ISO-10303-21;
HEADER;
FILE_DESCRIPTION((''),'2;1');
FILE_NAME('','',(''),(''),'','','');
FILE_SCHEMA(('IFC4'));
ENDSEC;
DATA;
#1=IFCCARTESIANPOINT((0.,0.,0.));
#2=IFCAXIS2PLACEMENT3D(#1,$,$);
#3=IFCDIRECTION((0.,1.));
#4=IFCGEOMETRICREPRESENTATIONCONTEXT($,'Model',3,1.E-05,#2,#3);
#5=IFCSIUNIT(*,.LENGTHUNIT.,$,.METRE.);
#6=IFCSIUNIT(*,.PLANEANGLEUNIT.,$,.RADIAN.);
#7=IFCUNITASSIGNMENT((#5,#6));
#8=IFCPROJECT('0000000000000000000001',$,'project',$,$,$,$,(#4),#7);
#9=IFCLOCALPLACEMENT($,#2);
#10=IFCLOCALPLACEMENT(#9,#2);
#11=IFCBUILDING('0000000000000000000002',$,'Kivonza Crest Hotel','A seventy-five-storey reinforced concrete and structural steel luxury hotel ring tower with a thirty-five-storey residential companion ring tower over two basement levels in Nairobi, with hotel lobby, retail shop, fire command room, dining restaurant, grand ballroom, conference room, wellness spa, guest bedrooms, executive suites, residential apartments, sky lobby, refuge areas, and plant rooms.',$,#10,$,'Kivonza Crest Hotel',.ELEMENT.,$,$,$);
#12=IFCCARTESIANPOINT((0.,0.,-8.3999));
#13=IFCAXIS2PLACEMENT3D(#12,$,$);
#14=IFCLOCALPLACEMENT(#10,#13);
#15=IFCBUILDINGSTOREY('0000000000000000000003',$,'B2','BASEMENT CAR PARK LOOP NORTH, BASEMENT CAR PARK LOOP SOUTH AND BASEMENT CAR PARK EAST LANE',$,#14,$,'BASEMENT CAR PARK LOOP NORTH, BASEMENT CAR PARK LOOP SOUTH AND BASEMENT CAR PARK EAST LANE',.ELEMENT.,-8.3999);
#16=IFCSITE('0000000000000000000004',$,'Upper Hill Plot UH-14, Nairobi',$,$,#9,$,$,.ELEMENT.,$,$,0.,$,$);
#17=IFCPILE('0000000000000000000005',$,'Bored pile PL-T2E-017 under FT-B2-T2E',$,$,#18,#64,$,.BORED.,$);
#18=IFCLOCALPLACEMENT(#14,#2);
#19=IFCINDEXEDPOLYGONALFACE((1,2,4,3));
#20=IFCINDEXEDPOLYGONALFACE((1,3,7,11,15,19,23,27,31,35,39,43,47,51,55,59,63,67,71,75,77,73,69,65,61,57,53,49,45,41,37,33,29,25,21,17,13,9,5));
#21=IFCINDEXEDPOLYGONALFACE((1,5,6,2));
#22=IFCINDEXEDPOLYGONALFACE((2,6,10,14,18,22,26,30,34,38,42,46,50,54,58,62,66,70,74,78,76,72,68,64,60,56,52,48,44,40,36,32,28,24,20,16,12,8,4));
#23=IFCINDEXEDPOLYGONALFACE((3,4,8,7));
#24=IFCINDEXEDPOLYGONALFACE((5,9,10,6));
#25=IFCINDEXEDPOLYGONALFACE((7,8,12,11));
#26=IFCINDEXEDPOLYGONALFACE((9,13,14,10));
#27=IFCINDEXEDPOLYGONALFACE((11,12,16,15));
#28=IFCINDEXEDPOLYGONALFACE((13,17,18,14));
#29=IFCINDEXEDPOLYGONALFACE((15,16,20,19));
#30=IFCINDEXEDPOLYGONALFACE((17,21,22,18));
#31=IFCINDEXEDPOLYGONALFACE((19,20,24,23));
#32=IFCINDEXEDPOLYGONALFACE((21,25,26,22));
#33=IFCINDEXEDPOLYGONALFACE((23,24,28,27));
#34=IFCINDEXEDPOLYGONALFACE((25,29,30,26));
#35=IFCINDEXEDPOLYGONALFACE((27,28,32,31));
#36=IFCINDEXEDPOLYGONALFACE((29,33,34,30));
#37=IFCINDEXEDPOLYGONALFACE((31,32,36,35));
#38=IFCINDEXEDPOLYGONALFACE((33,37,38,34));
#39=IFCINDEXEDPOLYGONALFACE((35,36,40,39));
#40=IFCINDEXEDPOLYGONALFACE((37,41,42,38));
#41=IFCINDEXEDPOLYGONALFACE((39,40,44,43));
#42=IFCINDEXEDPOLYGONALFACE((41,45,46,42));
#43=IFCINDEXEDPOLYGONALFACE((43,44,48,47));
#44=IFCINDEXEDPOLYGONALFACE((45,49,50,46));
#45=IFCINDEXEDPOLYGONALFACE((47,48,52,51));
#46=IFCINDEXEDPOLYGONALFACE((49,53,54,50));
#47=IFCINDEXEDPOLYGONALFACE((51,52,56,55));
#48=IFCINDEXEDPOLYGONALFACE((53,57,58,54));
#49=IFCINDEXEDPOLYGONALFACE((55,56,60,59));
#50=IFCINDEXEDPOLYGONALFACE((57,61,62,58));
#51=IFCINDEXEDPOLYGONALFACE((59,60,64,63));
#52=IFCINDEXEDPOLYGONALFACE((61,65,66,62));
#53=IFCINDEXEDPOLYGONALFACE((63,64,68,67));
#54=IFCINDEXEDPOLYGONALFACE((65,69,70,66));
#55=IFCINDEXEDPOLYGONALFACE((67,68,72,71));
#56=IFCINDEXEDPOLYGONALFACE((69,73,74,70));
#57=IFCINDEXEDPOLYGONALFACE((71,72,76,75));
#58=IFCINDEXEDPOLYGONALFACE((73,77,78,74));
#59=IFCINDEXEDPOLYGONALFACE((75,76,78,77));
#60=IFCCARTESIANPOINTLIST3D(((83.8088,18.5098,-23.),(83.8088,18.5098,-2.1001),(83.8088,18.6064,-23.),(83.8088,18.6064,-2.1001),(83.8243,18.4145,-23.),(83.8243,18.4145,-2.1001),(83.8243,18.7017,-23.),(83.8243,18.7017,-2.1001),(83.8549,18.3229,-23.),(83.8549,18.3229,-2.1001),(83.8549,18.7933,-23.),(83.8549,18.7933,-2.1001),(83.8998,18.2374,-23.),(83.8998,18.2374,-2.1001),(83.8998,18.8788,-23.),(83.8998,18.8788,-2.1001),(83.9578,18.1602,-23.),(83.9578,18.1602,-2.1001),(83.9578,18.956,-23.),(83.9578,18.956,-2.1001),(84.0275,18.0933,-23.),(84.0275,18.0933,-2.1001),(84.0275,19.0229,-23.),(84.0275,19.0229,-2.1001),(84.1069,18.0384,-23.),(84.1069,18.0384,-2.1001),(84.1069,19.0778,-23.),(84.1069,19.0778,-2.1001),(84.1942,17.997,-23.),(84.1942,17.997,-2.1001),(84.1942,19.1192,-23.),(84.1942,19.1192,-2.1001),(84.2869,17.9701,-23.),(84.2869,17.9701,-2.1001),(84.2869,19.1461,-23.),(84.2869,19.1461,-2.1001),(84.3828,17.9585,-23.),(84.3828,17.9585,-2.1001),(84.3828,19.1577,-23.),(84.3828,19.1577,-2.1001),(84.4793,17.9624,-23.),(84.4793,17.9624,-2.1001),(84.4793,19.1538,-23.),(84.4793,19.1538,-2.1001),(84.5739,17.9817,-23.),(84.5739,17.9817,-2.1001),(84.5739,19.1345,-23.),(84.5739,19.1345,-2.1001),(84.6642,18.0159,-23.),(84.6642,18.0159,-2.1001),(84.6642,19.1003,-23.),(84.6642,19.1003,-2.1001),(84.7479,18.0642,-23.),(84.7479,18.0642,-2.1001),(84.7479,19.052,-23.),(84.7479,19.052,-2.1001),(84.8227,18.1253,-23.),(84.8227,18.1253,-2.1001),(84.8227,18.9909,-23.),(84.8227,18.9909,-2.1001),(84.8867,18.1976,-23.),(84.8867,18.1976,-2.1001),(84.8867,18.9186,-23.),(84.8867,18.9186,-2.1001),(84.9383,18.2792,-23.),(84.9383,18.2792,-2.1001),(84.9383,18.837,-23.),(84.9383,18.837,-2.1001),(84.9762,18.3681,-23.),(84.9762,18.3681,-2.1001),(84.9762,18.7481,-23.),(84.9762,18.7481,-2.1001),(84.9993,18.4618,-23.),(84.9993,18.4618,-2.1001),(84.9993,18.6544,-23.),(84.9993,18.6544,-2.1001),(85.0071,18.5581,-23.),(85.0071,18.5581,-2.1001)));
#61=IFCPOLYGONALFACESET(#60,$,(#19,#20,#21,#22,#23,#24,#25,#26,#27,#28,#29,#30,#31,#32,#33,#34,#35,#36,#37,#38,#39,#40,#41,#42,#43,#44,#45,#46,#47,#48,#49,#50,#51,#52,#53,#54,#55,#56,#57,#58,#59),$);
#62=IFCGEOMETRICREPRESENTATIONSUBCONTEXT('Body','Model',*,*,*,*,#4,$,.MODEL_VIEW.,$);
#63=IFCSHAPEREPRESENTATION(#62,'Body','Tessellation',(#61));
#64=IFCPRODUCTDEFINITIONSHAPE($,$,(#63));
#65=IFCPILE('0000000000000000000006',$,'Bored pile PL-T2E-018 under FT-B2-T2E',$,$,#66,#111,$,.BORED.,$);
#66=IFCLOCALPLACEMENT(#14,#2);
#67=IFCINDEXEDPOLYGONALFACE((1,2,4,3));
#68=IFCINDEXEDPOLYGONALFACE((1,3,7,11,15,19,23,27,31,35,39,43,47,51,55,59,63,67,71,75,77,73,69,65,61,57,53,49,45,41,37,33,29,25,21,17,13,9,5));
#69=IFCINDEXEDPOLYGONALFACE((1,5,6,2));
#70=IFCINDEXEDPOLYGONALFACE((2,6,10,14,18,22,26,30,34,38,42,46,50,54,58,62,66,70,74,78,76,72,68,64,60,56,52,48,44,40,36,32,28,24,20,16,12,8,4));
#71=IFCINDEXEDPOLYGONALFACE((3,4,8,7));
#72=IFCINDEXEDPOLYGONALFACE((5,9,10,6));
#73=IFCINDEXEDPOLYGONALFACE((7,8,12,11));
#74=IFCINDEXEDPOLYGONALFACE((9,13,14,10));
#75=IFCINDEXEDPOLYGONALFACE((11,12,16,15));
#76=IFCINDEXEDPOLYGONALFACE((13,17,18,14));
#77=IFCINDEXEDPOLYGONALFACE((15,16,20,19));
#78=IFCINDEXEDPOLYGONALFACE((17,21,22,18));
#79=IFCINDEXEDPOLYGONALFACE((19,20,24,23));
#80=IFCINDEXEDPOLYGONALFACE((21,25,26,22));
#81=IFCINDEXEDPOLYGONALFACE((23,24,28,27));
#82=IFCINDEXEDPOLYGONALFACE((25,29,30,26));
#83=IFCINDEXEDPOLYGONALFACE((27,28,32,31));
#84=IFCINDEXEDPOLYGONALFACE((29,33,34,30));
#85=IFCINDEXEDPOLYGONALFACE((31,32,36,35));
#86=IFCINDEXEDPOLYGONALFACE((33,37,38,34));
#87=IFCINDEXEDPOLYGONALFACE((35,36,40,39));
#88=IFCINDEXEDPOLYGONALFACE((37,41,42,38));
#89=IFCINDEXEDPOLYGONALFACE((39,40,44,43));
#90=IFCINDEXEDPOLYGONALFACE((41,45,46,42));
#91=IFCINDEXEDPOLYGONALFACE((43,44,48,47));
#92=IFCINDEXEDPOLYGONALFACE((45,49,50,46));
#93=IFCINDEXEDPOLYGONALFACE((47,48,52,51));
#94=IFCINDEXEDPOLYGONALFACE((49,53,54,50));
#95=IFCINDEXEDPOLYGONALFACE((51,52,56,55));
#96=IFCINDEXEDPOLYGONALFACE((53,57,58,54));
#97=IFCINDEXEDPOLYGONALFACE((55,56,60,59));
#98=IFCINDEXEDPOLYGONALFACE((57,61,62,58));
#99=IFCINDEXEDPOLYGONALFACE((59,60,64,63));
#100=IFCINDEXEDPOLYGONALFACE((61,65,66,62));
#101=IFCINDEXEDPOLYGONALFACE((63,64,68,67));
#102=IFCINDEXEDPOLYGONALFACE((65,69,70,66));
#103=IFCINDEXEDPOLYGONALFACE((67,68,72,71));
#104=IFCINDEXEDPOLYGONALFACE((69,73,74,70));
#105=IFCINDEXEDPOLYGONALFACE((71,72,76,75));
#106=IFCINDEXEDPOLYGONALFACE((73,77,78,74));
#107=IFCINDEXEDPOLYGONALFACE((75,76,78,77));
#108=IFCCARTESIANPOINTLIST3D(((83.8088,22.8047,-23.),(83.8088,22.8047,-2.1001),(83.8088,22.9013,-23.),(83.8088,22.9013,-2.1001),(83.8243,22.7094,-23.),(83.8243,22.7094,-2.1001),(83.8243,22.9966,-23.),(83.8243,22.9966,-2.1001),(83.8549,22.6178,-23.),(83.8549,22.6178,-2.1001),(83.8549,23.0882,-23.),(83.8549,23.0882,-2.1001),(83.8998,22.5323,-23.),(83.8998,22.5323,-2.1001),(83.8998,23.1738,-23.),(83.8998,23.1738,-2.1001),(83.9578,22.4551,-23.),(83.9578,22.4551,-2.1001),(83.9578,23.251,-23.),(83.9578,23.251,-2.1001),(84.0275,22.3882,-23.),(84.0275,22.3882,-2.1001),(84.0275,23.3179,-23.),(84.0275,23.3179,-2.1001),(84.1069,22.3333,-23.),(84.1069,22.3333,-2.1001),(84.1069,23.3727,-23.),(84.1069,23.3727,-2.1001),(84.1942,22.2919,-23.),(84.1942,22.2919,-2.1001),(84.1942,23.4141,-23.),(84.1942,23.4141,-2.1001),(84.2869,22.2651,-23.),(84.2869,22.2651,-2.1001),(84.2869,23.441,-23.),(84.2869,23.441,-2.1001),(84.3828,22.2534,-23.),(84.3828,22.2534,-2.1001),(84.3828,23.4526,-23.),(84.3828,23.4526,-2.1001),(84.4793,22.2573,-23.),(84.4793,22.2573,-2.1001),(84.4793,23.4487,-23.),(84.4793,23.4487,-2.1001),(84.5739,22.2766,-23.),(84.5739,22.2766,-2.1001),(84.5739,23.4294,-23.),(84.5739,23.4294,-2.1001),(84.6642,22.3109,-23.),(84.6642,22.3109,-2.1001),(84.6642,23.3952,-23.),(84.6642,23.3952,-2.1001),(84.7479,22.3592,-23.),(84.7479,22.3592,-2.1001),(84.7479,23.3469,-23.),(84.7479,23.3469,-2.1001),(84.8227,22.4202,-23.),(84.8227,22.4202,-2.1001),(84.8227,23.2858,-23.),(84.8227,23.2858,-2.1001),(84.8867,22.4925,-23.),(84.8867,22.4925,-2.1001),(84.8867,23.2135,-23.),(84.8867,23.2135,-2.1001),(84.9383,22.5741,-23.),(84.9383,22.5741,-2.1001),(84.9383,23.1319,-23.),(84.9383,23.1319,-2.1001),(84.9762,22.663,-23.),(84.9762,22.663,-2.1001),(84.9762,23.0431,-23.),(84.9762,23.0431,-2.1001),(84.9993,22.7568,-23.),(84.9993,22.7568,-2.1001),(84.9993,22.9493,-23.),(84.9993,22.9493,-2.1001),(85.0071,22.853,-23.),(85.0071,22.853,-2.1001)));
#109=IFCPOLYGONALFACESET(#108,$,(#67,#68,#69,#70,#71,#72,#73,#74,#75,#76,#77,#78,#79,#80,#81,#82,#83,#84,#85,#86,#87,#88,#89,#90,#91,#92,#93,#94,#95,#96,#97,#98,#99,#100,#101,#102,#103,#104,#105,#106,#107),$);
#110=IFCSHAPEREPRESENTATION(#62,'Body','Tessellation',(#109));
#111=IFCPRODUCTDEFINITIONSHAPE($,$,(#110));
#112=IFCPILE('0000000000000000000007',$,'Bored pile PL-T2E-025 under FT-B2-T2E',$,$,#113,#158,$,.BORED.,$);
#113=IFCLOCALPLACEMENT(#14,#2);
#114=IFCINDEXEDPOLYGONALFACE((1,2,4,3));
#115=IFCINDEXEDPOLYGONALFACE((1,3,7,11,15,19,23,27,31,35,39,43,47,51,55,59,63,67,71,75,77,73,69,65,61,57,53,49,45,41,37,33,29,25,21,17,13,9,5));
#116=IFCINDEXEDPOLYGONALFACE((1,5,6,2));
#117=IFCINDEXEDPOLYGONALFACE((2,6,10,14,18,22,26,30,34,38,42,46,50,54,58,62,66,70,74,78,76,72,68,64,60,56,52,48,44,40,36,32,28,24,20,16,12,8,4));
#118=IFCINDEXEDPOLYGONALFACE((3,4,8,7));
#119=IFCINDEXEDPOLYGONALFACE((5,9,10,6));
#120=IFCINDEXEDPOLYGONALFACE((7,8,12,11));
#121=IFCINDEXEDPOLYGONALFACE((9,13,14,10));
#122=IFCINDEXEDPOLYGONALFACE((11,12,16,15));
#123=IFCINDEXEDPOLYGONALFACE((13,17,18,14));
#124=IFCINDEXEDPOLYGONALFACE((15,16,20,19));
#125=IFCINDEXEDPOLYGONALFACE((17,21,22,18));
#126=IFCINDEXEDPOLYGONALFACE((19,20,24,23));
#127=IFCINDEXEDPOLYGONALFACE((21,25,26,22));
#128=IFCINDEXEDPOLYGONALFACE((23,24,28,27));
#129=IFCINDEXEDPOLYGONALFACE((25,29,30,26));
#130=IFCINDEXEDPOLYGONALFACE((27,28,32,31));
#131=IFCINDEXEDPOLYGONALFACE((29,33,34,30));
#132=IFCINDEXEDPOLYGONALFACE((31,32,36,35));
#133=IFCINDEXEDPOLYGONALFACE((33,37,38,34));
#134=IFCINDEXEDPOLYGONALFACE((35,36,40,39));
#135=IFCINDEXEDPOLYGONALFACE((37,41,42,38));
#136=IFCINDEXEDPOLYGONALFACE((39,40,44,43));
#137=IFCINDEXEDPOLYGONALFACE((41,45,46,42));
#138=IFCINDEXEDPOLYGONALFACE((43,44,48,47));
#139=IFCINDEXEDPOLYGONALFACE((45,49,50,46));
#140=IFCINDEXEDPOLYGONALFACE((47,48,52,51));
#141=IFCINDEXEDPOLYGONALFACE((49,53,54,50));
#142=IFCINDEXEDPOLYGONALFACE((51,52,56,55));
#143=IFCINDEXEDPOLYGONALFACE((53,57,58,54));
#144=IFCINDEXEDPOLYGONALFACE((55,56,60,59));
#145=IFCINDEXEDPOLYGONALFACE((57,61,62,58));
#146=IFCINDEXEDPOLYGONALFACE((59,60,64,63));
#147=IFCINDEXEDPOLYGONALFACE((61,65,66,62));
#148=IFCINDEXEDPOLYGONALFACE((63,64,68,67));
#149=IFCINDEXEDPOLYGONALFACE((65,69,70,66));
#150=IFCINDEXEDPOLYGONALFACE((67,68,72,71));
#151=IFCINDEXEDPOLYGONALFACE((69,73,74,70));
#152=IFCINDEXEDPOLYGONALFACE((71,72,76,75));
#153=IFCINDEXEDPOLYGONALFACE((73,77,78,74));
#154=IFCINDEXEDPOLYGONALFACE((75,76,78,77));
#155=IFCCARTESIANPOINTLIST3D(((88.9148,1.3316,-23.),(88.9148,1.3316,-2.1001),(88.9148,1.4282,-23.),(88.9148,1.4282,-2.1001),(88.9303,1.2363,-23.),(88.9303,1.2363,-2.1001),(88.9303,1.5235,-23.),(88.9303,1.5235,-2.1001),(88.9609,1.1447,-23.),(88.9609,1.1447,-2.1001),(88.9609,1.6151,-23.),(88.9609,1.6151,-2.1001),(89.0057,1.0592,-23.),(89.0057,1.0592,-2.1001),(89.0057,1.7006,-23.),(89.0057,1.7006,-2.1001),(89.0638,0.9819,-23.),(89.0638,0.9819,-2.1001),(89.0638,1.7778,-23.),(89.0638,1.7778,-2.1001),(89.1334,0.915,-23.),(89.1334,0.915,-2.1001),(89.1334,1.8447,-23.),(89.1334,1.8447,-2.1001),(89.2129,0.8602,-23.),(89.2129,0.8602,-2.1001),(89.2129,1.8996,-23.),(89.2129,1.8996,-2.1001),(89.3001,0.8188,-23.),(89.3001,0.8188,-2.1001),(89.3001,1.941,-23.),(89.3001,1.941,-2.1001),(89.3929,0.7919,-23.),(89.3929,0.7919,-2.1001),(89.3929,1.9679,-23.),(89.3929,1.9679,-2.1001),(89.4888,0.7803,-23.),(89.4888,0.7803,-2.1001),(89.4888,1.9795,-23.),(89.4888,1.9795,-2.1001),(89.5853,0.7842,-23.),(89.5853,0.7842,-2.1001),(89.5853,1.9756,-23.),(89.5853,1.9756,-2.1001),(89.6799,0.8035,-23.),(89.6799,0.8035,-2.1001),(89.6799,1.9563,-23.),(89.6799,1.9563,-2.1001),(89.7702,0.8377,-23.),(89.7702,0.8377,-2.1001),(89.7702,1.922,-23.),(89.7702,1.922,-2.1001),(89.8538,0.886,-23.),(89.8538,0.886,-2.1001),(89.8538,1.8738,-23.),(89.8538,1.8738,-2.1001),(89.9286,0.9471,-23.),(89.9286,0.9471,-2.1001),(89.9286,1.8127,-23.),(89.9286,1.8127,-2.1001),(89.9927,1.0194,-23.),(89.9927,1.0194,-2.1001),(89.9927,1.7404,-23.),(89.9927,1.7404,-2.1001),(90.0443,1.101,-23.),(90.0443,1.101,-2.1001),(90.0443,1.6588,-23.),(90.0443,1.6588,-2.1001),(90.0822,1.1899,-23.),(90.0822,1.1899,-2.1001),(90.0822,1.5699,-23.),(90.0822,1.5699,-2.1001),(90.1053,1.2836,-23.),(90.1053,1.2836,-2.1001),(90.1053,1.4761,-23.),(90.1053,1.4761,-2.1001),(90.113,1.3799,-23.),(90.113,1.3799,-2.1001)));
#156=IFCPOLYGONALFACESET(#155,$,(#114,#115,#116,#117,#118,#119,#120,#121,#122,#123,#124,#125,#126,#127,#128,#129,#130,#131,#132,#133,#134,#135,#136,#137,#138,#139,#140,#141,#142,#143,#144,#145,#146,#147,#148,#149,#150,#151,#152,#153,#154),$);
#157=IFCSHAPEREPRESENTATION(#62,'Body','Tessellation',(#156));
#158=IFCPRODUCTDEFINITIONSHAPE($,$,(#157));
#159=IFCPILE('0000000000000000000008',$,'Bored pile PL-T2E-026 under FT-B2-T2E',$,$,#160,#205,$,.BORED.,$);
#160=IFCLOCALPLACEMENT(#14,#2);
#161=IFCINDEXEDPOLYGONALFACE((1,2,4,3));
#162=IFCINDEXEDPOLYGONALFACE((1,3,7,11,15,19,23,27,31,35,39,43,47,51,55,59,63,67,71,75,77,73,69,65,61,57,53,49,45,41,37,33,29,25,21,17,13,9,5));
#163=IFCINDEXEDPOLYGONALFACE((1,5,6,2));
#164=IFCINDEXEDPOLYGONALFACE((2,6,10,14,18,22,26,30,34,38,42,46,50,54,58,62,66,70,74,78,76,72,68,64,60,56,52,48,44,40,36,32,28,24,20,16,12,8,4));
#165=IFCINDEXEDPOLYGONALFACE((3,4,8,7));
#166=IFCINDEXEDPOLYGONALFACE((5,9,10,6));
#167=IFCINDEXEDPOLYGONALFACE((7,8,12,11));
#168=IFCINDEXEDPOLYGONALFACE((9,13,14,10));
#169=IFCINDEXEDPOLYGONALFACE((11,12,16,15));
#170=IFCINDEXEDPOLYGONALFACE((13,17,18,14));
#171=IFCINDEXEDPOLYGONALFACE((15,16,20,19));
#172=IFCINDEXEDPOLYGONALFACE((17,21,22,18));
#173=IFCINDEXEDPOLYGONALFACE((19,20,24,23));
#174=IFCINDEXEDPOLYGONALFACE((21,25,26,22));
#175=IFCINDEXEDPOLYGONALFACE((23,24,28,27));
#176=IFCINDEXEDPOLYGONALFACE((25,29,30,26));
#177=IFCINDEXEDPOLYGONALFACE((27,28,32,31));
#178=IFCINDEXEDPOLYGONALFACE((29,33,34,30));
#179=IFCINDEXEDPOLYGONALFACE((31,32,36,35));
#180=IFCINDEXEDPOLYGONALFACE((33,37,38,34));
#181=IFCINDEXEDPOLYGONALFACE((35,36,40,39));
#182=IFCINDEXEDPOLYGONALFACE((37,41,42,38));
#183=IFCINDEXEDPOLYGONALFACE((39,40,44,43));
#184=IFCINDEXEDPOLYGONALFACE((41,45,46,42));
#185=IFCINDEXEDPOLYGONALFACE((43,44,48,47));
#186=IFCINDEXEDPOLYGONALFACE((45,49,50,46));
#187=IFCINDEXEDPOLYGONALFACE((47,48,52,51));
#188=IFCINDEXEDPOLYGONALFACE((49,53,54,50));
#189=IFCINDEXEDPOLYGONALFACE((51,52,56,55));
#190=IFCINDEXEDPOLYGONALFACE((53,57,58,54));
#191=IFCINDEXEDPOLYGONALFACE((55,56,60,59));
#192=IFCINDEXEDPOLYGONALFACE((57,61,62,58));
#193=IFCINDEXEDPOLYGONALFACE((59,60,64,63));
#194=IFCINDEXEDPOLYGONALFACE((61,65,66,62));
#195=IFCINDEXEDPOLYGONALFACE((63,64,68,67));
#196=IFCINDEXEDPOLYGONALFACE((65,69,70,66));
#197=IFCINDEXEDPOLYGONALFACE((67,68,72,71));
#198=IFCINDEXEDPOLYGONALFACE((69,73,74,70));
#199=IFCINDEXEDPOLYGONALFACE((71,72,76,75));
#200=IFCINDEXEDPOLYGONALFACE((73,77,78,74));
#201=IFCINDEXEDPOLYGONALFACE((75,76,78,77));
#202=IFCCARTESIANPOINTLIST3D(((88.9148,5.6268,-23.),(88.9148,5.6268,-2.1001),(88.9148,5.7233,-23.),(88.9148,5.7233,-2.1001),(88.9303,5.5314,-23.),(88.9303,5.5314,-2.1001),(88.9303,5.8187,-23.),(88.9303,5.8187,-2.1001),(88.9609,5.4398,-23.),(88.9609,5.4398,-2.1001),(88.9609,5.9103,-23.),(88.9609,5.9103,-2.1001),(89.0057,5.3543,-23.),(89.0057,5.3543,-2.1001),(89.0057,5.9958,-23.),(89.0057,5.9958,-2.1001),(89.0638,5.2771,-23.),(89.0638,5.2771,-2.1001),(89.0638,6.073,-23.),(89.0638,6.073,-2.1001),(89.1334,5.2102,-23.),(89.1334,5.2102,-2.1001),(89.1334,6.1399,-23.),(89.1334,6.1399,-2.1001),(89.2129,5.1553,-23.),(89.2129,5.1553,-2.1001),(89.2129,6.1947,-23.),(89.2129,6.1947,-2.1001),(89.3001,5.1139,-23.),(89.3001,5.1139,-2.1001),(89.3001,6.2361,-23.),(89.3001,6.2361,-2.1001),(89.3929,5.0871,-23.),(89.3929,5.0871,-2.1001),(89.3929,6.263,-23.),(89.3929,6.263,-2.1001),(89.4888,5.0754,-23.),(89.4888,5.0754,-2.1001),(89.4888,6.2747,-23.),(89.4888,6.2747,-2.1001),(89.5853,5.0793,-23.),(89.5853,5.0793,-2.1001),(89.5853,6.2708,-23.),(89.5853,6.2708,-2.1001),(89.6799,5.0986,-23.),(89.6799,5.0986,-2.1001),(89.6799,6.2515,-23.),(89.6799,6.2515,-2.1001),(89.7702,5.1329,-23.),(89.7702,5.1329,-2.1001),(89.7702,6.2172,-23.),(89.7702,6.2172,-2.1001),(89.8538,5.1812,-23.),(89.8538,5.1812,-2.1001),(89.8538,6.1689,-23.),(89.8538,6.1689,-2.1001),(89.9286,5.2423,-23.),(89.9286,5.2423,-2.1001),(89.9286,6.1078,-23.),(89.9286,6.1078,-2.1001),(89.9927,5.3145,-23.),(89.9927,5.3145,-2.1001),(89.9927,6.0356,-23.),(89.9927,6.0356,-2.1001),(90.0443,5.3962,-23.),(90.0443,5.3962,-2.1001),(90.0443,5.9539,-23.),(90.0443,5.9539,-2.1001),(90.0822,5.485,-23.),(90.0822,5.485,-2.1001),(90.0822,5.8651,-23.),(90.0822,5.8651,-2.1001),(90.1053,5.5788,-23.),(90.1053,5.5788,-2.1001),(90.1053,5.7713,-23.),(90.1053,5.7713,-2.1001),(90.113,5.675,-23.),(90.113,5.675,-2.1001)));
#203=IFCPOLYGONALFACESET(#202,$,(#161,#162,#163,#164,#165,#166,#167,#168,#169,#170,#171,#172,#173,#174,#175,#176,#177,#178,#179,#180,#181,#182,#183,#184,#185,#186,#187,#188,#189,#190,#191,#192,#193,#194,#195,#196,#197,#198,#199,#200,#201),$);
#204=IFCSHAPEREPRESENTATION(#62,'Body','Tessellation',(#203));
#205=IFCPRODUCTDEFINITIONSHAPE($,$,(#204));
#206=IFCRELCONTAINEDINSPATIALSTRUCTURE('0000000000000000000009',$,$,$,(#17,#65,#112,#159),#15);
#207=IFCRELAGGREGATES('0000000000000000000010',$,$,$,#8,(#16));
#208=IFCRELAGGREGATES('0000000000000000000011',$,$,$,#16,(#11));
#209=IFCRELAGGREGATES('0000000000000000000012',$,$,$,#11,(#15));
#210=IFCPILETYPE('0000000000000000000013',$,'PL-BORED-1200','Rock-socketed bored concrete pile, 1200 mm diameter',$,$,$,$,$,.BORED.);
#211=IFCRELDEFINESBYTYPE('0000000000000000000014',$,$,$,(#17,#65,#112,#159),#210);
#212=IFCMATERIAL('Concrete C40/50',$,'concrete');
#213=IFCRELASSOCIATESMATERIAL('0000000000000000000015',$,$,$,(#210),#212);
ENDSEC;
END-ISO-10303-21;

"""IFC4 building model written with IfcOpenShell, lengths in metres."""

from ifc_helpers import new_model, si_unit, direction, frame, origin, origin_2d, place, context, subcontext, project, spatial, circle, extrude, material, material_profile, profile_set, type_object, element, save


model = new_model("IFC4")

# Units and contexts
model_context = context("Model", 3, precision=1e-05, world=origin(), true_north=direction((0.0, 1.0)))
body_context = subcontext(model_context, "Body", "Model", "MODEL_VIEW")
ifc_project = project(units=[si_unit("LENGTHUNIT", "METRE"), si_unit("PLANEANGLEUNIT", "RADIAN")], contexts=[model_context])

# Site, building, storey
site_placement = place(None, origin())
site = spatial("IfcSite", under=ifc_project, at=site_placement, Name="Upper Hill Plot UH-14, Nairobi", CompositionType="ELEMENT", RefElevation=0.0)
building_placement = place(site_placement, origin())
building = spatial("IfcBuilding", under=site, at=building_placement, Name="Kivonza Crest Hotel", Description="A seventy-five-storey reinforced concrete and structural steel luxury hotel ring tower with a thirty-five-storey residential companion ring tower over two basement levels in Nairobi, with hotel lobby, retail shop, fire command room, dining restaurant, grand ballroom, conference room, wellness spa, guest bedrooms, executive suites, residential apartments, sky lobby, refuge areas, and plant rooms.", LongName="Kivonza Crest Hotel", CompositionType="ELEMENT")
storey_placement = place(building_placement, frame((0.0, 0.0, -8.3999)))
storey = spatial("IfcBuildingStorey", under=building, at=storey_placement, Name="B2", Description="BASEMENT CAR PARK LOOP NORTH, BASEMENT CAR PARK LOOP SOUTH AND BASEMENT CAR PARK EAST LANE", LongName="BASEMENT CAR PARK LOOP NORTH, BASEMENT CAR PARK LOOP SOUTH AND BASEMENT CAR PARK EAST LANE", CompositionType="ELEMENT", Elevation=-8.3999)

# Piles
ifc_material_1 = material(Name="Concrete C40/50", Category="concrete")
ifc_material_profile_1 = material_profile(ifc_material_1, circle(Radius=0.6001, at=origin_2d()), Name="PILE D1200")
ifc_profile_set_1 = profile_set([ifc_material_profile_1], Name="Concrete C40/50")
pile_type = type_object("IfcPileType", Name="PL-BORED-1200", Description="Rock-socketed bored concrete pile, 1200 mm diameter", PredefinedType="BORED", material=ifc_profile_set_1)
for number, where, z_axis, x_axis, name in (
    (1, (84.407, 18.5581, -2.1001), (0.0, 0.0, -1.0), (1.0, 0.0, 0.0), "Bored pile PL-T2E-017 under FT-B2-T2E"),
    (2, (84.407, 22.853, -2.1001), (0.0, 0.0, -1.0), (1.0, 0.0, 0.0), "Bored pile PL-T2E-018 under FT-B2-T2E"),
    (3, (89.5129, 1.3799, -2.1001), (0.0, 0.0, -1.0), (1.0, 0.0, 0.0), "Bored pile PL-T2E-025 under FT-B2-T2E"),
    (4, (89.5129, 5.675, -2.1001), (0.0, 0.0, -1.0), (1.0, 0.0, 0.0), "Bored pile PL-T2E-026 under FT-B2-T2E"),
):
    element("IfcPile", number, at=place(storey_placement, frame(where, z_axis=z_axis, x_axis=x_axis)), inside=storey, type_object=pile_type, Name=name, PredefinedType="BORED", context=body_context, shape_type="SweptSolid", body=[
        extrude(circle(Radius=0.6001, at=origin_2d()), origin(), (0.0, 0.0, 1.0), 20.8999),
    ])

save(model, "model.ifc")
